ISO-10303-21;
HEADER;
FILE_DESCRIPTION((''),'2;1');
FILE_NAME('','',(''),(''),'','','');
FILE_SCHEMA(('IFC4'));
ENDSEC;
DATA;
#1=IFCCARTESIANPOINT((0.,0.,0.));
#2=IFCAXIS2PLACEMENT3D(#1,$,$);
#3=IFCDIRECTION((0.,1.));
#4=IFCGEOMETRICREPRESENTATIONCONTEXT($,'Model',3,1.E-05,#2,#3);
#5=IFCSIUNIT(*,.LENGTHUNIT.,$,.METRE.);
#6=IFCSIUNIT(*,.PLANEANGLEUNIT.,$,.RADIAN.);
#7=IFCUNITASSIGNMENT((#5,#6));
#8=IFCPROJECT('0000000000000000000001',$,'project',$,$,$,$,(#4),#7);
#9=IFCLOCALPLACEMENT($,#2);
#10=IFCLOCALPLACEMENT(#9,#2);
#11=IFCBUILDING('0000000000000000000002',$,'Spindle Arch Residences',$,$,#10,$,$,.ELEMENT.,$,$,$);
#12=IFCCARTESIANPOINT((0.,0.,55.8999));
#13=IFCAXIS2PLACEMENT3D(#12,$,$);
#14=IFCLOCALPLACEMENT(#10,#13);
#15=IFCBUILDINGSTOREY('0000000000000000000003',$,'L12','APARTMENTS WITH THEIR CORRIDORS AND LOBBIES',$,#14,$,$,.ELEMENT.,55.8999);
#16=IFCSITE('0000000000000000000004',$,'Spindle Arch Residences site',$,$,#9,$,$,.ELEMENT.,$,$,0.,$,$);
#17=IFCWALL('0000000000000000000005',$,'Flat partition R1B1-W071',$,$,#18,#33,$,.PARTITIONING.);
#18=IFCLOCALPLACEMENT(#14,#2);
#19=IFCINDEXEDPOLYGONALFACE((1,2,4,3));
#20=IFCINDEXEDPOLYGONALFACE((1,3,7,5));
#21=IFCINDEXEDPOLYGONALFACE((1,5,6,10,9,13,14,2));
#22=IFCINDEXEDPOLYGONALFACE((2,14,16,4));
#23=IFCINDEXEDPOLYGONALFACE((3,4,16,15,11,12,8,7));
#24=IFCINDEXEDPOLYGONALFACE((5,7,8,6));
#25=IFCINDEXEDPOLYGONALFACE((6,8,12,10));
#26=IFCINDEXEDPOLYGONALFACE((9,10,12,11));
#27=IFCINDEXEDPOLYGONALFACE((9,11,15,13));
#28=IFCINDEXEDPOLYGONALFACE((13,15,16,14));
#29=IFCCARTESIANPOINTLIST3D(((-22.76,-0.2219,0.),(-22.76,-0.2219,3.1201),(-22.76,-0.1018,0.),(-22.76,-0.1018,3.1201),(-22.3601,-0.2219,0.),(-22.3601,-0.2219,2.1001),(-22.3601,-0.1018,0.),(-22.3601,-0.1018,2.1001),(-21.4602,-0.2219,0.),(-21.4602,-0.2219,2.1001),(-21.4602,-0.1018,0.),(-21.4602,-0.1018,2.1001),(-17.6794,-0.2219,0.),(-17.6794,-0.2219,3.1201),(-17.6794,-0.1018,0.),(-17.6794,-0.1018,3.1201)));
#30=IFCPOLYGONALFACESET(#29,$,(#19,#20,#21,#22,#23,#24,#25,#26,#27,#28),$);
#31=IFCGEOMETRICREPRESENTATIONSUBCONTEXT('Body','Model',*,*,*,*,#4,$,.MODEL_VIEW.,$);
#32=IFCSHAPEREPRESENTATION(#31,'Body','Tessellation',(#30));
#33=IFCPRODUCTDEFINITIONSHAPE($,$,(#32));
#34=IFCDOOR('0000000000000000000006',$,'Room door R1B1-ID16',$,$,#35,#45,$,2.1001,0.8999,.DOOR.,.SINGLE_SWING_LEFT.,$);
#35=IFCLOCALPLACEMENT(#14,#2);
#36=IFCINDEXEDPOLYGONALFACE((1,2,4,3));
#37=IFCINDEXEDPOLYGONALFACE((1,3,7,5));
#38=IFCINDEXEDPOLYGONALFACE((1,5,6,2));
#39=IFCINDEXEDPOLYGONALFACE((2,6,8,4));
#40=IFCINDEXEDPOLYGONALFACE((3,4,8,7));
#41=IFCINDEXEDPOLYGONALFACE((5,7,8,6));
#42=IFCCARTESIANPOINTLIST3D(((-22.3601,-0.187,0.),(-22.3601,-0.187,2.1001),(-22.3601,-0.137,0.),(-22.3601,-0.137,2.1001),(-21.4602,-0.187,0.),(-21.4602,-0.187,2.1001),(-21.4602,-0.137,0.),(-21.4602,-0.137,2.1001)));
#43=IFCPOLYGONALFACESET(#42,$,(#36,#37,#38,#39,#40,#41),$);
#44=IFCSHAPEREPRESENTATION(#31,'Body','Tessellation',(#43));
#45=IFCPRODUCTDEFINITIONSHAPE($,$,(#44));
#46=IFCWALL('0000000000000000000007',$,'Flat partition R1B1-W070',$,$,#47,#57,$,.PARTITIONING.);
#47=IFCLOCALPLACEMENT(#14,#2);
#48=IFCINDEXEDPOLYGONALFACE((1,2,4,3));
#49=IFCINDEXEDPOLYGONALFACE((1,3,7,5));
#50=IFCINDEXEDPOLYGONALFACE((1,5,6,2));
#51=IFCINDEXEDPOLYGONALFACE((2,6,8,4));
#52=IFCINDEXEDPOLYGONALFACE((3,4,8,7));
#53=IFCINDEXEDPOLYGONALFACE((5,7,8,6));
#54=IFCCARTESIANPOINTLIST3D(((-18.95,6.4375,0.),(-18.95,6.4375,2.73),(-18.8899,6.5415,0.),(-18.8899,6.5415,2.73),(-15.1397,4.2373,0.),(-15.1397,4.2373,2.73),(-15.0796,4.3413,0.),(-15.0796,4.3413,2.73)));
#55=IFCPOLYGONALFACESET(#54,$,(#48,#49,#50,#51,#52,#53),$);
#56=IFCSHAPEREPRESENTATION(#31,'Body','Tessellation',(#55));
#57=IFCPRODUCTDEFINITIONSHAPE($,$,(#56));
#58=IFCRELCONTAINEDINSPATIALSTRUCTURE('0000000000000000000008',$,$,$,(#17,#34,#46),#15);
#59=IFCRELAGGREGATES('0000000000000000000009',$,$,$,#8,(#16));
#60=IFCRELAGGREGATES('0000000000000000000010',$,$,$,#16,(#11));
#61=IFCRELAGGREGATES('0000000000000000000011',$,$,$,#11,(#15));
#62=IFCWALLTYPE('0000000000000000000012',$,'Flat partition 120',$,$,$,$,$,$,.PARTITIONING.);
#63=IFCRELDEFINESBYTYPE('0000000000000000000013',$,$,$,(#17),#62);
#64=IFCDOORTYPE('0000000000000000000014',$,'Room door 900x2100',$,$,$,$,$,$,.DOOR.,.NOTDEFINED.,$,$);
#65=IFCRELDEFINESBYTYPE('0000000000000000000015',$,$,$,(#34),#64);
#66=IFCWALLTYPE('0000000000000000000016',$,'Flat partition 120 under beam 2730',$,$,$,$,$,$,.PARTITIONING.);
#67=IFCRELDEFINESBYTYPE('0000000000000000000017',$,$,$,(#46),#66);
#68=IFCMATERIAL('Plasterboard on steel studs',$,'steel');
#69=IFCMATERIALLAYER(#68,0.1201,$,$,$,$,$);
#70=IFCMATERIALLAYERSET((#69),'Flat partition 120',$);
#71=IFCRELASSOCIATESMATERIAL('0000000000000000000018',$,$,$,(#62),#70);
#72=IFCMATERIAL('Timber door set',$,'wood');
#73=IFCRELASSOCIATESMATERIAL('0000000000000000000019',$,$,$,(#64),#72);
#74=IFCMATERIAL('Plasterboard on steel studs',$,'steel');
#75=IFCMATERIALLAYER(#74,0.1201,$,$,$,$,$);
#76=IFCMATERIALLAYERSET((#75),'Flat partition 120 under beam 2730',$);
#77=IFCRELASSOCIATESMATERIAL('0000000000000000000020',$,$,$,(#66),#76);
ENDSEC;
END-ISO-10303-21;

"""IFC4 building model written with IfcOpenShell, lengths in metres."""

from ifc_helpers import new_model, si_unit, direction, frame, frame_2d, origin, place, context, subcontext, project, spatial, rectangle, extrude, material, layer, layer_set, type_object, element, fill, save


model = new_model("IFC4")

# Units and contexts
model_context = context("Model", 3, precision=1e-05, world=origin(), true_north=direction((0.0, 1.0)))
body_context = subcontext(model_context, "Body", "Model", "MODEL_VIEW")
ifc_project = project(units=[si_unit("LENGTHUNIT", "METRE"), si_unit("PLANEANGLEUNIT", "RADIAN")], contexts=[model_context])

# Site, building, storey
site_placement = place(None, origin())
site = spatial("IfcSite", under=ifc_project, at=site_placement, Name="Spindle Arch Residences site", CompositionType="ELEMENT", RefElevation=0.0)
building_placement = place(site_placement, origin())
building = spatial("IfcBuilding", under=site, at=building_placement, Name="Spindle Arch Residences", CompositionType="ELEMENT")
storey_placement = place(building_placement, frame((0.0, 0.0, 55.8999)))
storey = spatial("IfcBuildingStorey", under=building, at=storey_placement, Name="L12", Description="APARTMENTS WITH THEIR CORRIDORS AND LOBBIES", CompositionType="ELEMENT", Elevation=55.8999)

# Wall, opening, door
ifc_material_1 = material(Name="Plasterboard on steel studs", Category="steel")
ifc_layer_1 = layer(ifc_material_1, 0.1201)
ifc_layer_set_1 = layer_set([ifc_layer_1], Name="Flat partition 120")
wall_type_1 = type_object("IfcWallType", Name="Flat partition 120", PredefinedType="PARTITIONING", material=ifc_layer_set_1)
wall_1_placement = place(storey_placement, frame((-22.76, -0.1619, 0.0), z_axis=(0.0, 0.0, 1.0), x_axis=(1.0, 0.0, 0.0)))
wall_1 = element("IfcWall", 1, at=wall_1_placement, inside=storey, type_object=wall_type_1, Name="Flat partition R1B1-W071", PredefinedType="PARTITIONING", context=body_context, shape_type="SweptSolid", body=[
    extrude(rectangle(XDim=5.0806, YDim=0.1201, at=frame_2d((2.5403, 0.0))), origin(), (0.0, 0.0, 1.0), 3.1201),
])
opening_placement = place(wall_1_placement, frame((0.3999, 0.0, 0.0)))
opening = element("IfcOpeningElement", 2, at=opening_placement, cuts=wall_1, PredefinedType="OPENING", context=body_context, shape_type="SweptSolid", body=[
    extrude(rectangle(XDim=0.8999, YDim=2.1001, at=frame_2d((0.45, 1.05))), frame((0.0, 0.0701, 0.0), z_axis=(0.0, -1.0, 0.0), x_axis=(1.0, 0.0, 0.0)), (0.0, 0.0, 1.0), 0.1401),
])
ifc_material_2 = material(Name="Timber door set", Category="wood")
door_type = type_object("IfcDoorType", Name="Room door 900x2100", OperationType="NOTDEFINED", PredefinedType="DOOR", material=ifc_material_2)
door_placement = place(opening_placement, origin())
door = element("IfcDoor", 3, at=door_placement, inside=storey, type_object=door_type, Name="Room door R1B1-ID16", OperationType="SINGLE_SWING_LEFT", OverallHeight=2.1001, OverallWidth=0.8999, PredefinedType="DOOR", context=body_context, shape_type="SweptSolid", body=[
    extrude(rectangle(XDim=0.8999, YDim=2.1001, at=frame_2d((0.45, 1.05))), frame((0.0, 0.0249, 0.0), z_axis=(0.0, -1.0, 0.0), x_axis=(1.0, 0.0, 0.0)), (0.0, 0.0, 1.0), 0.05),
])
fill(opening, door)

# Wall
ifc_material_3 = material(Name="Plasterboard on steel studs", Category="steel")
ifc_layer_2 = layer(ifc_material_3, 0.1201)
ifc_layer_set_2 = layer_set([ifc_layer_2], Name="Flat partition 120 under beam 2730")
wall_type_2 = type_object("IfcWallType", Name="Flat partition 120 under beam 2730", PredefinedType="PARTITIONING", material=ifc_layer_set_2)
wall_2_placement = place(storey_placement, frame((-18.9199, 6.4895, 0.0), z_axis=(0.0, 0.0, 1.0), x_axis=(0.865994, -0.500054, 0.0)))
element("IfcWall", 4, at=wall_2_placement, inside=storey, type_object=wall_type_2, Name="Flat partition R1B1-W070", PredefinedType="PARTITIONING", context=body_context, shape_type="SweptSolid", body=[
    extrude(rectangle(XDim=4.3999, YDim=0.1201, at=frame_2d((2.2, 0.0))), origin(), (0.0, 0.0, 1.0), 2.73),
])

save(model, "model.ifc")
